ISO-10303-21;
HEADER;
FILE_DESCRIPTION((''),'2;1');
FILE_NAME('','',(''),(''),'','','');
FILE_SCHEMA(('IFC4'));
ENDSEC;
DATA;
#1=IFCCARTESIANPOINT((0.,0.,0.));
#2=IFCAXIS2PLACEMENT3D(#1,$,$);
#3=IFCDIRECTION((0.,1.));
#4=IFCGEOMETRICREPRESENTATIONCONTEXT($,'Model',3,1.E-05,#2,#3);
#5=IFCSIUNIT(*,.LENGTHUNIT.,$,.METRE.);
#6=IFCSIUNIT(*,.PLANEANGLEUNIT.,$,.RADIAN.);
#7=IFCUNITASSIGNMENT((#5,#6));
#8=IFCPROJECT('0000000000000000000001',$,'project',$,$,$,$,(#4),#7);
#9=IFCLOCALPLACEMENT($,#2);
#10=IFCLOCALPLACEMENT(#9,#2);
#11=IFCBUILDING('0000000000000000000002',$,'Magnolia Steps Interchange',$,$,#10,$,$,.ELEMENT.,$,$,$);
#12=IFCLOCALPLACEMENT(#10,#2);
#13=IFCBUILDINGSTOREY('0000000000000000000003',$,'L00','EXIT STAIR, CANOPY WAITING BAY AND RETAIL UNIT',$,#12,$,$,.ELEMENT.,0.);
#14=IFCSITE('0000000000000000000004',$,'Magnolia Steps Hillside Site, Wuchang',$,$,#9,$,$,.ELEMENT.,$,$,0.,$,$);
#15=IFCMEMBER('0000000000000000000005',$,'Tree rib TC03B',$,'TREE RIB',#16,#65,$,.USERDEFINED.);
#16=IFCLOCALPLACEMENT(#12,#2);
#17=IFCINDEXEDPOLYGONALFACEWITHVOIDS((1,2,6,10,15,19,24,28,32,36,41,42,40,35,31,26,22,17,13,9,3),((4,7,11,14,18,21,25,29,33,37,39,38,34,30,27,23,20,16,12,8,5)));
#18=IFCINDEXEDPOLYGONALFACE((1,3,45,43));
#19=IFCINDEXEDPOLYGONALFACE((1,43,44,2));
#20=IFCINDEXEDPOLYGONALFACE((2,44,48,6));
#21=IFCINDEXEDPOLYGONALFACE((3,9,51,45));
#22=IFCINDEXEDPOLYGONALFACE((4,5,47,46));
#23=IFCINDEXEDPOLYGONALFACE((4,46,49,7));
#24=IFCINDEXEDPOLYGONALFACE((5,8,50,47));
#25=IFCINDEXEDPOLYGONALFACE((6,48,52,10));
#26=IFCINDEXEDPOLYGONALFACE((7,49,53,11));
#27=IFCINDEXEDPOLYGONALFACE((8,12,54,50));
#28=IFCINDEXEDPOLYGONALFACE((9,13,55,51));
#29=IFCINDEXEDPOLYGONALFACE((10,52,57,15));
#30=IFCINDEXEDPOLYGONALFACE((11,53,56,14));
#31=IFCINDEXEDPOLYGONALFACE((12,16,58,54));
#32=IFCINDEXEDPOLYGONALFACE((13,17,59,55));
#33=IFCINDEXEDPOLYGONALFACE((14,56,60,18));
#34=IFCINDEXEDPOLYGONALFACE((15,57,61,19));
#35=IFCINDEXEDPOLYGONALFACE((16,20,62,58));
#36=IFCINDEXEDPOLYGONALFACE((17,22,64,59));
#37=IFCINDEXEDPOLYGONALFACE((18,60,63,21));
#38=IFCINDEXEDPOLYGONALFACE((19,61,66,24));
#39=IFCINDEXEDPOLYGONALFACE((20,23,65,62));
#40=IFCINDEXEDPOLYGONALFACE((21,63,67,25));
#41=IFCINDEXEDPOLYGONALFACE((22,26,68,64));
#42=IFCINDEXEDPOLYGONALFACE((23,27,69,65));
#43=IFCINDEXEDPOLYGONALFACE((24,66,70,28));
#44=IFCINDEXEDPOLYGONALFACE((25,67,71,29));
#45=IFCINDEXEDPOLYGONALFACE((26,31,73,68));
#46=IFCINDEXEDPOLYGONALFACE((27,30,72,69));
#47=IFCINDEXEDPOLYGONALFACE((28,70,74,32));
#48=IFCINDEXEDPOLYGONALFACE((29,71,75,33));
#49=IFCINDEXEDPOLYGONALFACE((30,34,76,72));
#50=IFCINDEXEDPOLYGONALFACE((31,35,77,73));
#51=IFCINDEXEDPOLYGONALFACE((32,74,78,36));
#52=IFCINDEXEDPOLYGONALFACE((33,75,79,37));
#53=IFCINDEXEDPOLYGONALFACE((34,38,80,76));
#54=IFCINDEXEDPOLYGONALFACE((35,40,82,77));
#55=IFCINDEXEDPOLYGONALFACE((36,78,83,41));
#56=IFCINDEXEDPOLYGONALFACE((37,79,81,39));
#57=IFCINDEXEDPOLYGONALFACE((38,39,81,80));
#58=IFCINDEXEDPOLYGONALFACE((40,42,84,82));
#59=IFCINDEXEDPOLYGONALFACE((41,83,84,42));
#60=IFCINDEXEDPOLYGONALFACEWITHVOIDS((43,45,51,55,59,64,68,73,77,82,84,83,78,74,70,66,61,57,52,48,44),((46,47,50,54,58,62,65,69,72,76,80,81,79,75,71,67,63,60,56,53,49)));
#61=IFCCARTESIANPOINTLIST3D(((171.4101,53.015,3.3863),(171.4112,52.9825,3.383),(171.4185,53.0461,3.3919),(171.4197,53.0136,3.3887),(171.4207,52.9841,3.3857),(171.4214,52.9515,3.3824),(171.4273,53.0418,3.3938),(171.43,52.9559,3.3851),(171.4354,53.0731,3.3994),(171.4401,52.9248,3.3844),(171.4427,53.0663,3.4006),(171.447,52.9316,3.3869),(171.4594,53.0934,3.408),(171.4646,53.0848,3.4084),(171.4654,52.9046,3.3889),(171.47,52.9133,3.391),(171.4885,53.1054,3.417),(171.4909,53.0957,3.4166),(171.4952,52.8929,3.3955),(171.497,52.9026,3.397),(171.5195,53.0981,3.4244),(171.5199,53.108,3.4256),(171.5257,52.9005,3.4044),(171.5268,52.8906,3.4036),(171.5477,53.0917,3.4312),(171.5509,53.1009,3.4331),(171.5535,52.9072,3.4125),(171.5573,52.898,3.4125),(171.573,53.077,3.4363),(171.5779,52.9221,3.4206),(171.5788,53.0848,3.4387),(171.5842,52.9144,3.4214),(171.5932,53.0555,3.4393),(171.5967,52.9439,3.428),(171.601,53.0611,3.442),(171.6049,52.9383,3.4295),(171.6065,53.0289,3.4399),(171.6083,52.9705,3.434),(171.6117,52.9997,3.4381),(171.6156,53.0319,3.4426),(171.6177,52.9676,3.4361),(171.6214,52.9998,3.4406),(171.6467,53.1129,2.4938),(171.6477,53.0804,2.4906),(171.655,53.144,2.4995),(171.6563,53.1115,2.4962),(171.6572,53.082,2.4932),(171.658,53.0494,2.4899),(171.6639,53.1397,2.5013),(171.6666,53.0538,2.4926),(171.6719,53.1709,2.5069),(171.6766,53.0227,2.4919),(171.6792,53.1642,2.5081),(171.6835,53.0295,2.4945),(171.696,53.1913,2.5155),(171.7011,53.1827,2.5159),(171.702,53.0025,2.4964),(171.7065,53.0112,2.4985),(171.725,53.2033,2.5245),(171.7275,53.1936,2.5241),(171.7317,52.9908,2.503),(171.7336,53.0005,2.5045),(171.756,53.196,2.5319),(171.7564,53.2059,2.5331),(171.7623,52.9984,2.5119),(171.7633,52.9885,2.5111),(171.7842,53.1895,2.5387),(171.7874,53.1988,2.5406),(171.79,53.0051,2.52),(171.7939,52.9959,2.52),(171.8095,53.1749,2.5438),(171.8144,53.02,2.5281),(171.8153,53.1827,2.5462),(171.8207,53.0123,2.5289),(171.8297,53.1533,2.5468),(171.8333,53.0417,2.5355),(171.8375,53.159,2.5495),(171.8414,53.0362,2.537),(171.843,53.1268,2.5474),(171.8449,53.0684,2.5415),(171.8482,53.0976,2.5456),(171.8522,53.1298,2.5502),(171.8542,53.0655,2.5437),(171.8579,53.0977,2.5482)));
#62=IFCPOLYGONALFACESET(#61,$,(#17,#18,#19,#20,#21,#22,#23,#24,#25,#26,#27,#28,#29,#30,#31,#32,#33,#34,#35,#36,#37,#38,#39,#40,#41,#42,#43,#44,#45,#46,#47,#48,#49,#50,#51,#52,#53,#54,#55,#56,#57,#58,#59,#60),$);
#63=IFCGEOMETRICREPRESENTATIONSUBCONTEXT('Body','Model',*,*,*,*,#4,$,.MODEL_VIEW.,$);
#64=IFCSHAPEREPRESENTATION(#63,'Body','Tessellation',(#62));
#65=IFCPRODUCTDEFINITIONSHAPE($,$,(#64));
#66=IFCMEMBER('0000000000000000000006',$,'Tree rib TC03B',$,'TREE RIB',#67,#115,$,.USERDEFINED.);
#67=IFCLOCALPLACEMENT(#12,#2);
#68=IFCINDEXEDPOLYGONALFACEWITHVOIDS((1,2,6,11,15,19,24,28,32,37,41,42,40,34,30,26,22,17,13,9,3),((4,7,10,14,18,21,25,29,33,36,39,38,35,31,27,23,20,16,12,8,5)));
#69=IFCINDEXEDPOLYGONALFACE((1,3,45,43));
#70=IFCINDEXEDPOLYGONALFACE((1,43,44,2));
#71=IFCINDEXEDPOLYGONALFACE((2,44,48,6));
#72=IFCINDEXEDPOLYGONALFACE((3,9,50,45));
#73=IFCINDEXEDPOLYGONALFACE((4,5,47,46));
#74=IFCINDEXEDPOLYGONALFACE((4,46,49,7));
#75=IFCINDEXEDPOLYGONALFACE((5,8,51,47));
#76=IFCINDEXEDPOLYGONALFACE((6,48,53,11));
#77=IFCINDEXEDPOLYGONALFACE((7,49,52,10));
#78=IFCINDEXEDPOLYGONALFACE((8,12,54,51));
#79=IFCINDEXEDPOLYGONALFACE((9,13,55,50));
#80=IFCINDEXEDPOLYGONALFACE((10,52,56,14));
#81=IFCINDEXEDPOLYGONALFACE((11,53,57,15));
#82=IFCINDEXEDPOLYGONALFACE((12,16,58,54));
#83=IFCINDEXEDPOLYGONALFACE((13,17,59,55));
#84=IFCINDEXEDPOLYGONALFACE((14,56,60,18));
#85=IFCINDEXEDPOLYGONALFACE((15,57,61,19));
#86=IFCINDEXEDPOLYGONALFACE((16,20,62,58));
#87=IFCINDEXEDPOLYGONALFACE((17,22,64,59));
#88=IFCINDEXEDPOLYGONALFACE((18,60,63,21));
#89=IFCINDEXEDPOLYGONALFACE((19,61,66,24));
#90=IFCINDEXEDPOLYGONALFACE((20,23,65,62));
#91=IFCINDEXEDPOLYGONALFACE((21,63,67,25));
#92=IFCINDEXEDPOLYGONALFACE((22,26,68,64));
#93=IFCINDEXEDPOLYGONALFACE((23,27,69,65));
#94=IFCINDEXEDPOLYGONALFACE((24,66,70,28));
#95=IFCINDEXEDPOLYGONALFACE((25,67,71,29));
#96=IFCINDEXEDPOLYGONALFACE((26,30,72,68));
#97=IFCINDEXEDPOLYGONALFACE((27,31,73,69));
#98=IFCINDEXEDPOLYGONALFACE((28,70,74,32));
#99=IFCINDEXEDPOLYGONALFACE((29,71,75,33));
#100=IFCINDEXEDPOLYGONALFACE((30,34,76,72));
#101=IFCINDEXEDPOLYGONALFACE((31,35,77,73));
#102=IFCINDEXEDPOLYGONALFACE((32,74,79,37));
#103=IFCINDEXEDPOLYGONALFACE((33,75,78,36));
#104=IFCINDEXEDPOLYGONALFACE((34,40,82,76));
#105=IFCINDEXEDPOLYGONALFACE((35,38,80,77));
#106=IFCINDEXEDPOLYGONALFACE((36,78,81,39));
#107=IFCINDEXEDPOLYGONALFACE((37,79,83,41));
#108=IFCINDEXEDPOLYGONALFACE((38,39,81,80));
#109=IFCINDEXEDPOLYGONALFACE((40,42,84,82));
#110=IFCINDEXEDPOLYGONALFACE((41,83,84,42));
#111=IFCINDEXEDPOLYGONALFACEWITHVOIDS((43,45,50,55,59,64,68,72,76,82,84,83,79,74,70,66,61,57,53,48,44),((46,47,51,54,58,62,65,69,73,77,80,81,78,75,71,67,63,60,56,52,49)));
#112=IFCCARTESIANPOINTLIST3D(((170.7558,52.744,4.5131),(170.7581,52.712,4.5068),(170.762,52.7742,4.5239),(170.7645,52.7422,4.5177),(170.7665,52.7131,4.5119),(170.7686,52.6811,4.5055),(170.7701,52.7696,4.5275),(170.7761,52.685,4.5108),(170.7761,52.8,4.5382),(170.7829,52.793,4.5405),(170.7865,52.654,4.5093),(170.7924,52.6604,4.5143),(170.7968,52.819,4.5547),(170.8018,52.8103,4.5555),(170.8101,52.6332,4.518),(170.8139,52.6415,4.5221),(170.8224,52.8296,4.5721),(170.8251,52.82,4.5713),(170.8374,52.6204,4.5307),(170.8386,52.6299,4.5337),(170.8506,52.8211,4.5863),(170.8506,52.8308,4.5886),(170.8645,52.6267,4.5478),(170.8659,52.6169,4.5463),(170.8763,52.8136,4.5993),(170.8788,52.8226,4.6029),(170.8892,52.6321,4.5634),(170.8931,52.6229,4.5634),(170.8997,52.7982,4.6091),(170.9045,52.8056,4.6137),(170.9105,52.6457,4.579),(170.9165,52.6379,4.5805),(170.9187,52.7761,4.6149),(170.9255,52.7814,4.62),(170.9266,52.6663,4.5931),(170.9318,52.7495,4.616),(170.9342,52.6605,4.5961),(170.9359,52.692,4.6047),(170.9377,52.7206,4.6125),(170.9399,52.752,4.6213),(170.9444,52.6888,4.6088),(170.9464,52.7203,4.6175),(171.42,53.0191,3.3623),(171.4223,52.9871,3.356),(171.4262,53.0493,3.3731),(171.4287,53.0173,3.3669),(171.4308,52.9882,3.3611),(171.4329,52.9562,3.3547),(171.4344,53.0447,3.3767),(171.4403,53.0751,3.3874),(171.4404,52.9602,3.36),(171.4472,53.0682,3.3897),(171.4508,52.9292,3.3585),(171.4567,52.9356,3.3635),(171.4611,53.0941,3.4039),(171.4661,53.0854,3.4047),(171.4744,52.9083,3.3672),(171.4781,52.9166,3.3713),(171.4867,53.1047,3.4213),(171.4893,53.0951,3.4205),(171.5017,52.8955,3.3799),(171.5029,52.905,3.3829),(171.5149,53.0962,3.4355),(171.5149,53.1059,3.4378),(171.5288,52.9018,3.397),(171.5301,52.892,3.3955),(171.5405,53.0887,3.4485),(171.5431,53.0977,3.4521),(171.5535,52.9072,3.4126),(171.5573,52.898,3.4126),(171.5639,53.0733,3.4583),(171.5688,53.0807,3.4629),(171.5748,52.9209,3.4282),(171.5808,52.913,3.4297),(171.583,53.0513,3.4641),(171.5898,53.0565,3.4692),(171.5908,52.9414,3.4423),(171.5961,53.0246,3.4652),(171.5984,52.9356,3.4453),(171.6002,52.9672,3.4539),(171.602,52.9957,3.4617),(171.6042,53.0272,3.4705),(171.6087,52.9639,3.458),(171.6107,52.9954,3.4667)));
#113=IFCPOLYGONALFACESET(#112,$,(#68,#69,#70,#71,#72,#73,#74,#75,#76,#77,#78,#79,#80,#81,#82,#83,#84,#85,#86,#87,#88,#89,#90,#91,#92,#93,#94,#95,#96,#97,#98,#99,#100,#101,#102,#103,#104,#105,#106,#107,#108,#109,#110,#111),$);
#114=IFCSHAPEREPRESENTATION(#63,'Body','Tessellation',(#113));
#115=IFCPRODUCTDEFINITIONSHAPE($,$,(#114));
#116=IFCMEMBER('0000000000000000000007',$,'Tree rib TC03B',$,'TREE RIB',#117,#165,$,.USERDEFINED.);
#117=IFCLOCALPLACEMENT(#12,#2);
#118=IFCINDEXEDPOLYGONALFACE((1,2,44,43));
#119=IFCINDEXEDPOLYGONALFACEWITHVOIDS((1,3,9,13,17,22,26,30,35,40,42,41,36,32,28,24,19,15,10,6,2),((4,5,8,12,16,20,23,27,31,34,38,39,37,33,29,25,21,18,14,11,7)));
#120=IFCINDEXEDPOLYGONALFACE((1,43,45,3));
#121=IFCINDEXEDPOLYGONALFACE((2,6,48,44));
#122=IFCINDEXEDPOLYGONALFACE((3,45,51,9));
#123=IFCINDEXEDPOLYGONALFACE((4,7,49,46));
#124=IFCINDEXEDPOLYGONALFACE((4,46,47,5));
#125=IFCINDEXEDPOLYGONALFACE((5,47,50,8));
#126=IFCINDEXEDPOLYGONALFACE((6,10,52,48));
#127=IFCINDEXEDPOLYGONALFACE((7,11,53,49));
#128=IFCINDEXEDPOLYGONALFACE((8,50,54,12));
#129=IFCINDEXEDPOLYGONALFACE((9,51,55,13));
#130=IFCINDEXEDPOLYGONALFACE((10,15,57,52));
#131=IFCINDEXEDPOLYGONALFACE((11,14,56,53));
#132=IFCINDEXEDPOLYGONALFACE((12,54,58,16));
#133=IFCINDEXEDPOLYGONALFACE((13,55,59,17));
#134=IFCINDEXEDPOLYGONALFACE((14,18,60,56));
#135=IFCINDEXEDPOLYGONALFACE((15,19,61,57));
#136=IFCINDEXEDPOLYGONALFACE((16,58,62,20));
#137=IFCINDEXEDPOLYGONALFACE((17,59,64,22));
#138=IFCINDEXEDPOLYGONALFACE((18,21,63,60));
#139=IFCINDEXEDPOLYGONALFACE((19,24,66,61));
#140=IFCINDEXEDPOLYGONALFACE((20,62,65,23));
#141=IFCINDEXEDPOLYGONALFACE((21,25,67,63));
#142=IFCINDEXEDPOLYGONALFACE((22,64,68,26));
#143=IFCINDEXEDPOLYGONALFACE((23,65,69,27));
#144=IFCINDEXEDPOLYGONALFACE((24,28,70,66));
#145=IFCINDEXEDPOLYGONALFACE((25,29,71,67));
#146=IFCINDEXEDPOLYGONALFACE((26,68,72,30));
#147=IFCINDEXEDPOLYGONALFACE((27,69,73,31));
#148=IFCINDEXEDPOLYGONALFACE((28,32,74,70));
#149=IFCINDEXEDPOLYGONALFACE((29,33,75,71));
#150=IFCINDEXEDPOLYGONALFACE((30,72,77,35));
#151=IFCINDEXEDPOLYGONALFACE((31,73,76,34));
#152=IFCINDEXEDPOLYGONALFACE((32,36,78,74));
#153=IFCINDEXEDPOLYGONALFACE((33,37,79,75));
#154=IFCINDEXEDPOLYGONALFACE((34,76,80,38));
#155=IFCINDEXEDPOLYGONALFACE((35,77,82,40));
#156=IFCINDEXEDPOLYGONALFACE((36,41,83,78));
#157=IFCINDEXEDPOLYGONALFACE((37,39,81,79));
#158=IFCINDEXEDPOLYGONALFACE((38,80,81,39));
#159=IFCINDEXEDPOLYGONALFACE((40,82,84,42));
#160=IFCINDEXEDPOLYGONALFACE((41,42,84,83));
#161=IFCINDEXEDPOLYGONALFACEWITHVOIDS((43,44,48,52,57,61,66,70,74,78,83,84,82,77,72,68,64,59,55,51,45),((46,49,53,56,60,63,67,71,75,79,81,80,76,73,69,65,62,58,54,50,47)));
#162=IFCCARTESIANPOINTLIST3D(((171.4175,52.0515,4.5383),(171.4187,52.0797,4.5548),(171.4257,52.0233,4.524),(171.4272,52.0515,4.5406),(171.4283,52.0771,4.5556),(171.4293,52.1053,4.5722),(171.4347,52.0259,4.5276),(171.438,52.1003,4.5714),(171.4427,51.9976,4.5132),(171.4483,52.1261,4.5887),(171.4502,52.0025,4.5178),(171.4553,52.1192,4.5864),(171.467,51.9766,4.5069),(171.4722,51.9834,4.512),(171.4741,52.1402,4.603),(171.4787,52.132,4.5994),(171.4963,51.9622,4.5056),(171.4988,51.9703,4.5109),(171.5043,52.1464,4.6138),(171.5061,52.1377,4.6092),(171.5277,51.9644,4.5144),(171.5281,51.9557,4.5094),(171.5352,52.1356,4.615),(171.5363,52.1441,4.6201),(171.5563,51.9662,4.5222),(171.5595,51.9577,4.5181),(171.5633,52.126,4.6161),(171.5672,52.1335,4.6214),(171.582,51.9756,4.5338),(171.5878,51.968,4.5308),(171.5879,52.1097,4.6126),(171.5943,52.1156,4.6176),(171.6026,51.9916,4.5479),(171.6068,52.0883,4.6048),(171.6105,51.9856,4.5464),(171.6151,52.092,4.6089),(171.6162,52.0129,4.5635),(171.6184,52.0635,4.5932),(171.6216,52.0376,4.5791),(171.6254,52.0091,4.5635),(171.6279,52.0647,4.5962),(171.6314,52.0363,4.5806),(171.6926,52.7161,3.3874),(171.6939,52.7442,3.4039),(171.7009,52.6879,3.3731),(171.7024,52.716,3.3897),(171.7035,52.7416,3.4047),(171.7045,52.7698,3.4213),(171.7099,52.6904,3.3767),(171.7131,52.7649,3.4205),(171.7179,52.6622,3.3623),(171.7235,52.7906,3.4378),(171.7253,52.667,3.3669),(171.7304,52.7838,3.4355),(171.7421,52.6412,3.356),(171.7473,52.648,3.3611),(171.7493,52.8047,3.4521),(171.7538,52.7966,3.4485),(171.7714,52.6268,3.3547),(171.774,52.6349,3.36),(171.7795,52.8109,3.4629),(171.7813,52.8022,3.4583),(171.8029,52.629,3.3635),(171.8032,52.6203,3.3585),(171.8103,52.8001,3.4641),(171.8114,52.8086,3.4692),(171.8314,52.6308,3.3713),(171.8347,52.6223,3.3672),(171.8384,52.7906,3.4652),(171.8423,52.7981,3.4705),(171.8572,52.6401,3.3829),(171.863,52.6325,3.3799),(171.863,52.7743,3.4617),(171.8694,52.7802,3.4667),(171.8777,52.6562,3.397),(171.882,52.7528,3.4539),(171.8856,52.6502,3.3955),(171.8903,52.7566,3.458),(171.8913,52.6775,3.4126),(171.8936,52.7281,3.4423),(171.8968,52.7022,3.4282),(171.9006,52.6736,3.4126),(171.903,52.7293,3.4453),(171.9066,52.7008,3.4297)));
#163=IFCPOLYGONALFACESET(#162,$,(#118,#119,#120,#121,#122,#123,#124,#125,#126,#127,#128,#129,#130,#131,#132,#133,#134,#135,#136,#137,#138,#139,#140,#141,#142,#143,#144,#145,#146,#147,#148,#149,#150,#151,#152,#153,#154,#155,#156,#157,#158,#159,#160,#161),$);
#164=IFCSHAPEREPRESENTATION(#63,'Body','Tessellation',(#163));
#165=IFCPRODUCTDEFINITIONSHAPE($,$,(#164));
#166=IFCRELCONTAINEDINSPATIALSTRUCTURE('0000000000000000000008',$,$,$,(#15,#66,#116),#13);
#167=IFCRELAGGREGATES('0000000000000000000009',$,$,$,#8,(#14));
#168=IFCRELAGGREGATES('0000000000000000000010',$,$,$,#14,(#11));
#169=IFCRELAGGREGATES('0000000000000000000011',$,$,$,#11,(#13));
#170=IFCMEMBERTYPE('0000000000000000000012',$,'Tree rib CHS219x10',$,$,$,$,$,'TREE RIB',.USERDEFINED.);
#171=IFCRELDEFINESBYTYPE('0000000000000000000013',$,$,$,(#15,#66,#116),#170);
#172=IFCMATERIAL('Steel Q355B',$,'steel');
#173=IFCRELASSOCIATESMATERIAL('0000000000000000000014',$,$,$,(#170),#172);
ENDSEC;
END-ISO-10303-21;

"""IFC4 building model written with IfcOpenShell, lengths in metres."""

from ifc_helpers import new_model, si_unit, direction, frame, origin, origin_2d, place, context, subcontext, project, spatial, hollow_circle, extrude, material, material_profile, profile_set, type_object, element, save


model = new_model("IFC4")

# Units and contexts
model_context = context("Model", 3, precision=1e-05, world=origin(), true_north=direction((0.0, 1.0)))
body_context = subcontext(model_context, "Body", "Model", "MODEL_VIEW")
ifc_project = project(units=[si_unit("LENGTHUNIT", "METRE"), si_unit("PLANEANGLEUNIT", "RADIAN")], contexts=[model_context])

# Site, building, storey
site_placement = place(None, origin())
site = spatial("IfcSite", under=ifc_project, at=site_placement, Name="Magnolia Steps Hillside Site, Wuchang", CompositionType="ELEMENT", RefElevation=0.0)
building_placement = place(site_placement, origin())
building = spatial("IfcBuilding", under=site, at=building_placement, Name="Magnolia Steps Interchange", CompositionType="ELEMENT")
storey_placement = place(building_placement, origin())
storey = spatial("IfcBuildingStorey", under=building, at=storey_placement, Name="L00", Description="EXIT STAIR, CANOPY WAITING BAY AND RETAIL UNIT", CompositionType="ELEMENT", Elevation=0.0)

# Members
ifc_material_1 = material(Name="Steel Q355B", Category="steel")
ifc_material_profile_1 = material_profile(ifc_material_1, hollow_circle(Radius=0.1096, WallThickness=0.01, at=origin_2d()), Name="CHS219x10")
ifc_profile_set_1 = profile_set([ifc_material_profile_1], Name="Steel Q355B")
member_type = type_object("IfcMemberType", Name="Tree rib CHS219x10", ElementType="TREE RIB", PredefinedType="USERDEFINED", material=ifc_profile_set_1)
member_1_placement = place(storey_placement, frame((171.752, 53.0972, 2.52), z_axis=(-0.25477, -0.105431, 0.961237), x_axis=(0.38238, -0.924005, 0.0)))
element("IfcMember", 1, at=member_1_placement, inside=storey, type_object=member_type, Name="Tree rib TC03B", ObjectType="TREE RIB", PredefinedType="USERDEFINED", context=body_context, shape_type="SweptSolid", body=[
    extrude(hollow_circle(Radius=0.1096, WallThickness=0.01, at=origin_2d()), origin(), (0.0, 0.0, 1.0), 0.9285),
])
member_2_placement = place(storey_placement, frame((171.5154, 52.9993, 3.4126), z_axis=(-0.48953, -0.202756, 0.848086), x_axis=(0.382662, -0.923889, 0.0)))
element("IfcMember", 2, at=member_2_placement, inside=storey, type_object=member_type, Name="Tree rib TC03B", ObjectType="TREE RIB", PredefinedType="USERDEFINED", context=body_context, shape_type="SweptSolid", body=[
    extrude(hollow_circle(Radius=0.1096, WallThickness=0.01, at=origin_2d()), origin(), (0.0, 0.0, 1.0), 1.3569),
])
member_3_placement = place(storey_placement, frame((171.7993, 52.7156, 3.4126), z_axis=(-0.202738, -0.489666, 0.848012), x_axis=(0.923938, -0.382542, 0.0)))
element("IfcMember", 3, at=member_3_placement, inside=storey, type_object=member_type, Name="Tree rib TC03B", ObjectType="TREE RIB", PredefinedType="USERDEFINED", context=body_context, shape_type="SweptSolid", body=[
    extrude(hollow_circle(Radius=0.1096, WallThickness=0.01, at=origin_2d()), origin(), (0.0, 0.0, 1.0), 1.3572),
])

save(model, "model.ifc")
